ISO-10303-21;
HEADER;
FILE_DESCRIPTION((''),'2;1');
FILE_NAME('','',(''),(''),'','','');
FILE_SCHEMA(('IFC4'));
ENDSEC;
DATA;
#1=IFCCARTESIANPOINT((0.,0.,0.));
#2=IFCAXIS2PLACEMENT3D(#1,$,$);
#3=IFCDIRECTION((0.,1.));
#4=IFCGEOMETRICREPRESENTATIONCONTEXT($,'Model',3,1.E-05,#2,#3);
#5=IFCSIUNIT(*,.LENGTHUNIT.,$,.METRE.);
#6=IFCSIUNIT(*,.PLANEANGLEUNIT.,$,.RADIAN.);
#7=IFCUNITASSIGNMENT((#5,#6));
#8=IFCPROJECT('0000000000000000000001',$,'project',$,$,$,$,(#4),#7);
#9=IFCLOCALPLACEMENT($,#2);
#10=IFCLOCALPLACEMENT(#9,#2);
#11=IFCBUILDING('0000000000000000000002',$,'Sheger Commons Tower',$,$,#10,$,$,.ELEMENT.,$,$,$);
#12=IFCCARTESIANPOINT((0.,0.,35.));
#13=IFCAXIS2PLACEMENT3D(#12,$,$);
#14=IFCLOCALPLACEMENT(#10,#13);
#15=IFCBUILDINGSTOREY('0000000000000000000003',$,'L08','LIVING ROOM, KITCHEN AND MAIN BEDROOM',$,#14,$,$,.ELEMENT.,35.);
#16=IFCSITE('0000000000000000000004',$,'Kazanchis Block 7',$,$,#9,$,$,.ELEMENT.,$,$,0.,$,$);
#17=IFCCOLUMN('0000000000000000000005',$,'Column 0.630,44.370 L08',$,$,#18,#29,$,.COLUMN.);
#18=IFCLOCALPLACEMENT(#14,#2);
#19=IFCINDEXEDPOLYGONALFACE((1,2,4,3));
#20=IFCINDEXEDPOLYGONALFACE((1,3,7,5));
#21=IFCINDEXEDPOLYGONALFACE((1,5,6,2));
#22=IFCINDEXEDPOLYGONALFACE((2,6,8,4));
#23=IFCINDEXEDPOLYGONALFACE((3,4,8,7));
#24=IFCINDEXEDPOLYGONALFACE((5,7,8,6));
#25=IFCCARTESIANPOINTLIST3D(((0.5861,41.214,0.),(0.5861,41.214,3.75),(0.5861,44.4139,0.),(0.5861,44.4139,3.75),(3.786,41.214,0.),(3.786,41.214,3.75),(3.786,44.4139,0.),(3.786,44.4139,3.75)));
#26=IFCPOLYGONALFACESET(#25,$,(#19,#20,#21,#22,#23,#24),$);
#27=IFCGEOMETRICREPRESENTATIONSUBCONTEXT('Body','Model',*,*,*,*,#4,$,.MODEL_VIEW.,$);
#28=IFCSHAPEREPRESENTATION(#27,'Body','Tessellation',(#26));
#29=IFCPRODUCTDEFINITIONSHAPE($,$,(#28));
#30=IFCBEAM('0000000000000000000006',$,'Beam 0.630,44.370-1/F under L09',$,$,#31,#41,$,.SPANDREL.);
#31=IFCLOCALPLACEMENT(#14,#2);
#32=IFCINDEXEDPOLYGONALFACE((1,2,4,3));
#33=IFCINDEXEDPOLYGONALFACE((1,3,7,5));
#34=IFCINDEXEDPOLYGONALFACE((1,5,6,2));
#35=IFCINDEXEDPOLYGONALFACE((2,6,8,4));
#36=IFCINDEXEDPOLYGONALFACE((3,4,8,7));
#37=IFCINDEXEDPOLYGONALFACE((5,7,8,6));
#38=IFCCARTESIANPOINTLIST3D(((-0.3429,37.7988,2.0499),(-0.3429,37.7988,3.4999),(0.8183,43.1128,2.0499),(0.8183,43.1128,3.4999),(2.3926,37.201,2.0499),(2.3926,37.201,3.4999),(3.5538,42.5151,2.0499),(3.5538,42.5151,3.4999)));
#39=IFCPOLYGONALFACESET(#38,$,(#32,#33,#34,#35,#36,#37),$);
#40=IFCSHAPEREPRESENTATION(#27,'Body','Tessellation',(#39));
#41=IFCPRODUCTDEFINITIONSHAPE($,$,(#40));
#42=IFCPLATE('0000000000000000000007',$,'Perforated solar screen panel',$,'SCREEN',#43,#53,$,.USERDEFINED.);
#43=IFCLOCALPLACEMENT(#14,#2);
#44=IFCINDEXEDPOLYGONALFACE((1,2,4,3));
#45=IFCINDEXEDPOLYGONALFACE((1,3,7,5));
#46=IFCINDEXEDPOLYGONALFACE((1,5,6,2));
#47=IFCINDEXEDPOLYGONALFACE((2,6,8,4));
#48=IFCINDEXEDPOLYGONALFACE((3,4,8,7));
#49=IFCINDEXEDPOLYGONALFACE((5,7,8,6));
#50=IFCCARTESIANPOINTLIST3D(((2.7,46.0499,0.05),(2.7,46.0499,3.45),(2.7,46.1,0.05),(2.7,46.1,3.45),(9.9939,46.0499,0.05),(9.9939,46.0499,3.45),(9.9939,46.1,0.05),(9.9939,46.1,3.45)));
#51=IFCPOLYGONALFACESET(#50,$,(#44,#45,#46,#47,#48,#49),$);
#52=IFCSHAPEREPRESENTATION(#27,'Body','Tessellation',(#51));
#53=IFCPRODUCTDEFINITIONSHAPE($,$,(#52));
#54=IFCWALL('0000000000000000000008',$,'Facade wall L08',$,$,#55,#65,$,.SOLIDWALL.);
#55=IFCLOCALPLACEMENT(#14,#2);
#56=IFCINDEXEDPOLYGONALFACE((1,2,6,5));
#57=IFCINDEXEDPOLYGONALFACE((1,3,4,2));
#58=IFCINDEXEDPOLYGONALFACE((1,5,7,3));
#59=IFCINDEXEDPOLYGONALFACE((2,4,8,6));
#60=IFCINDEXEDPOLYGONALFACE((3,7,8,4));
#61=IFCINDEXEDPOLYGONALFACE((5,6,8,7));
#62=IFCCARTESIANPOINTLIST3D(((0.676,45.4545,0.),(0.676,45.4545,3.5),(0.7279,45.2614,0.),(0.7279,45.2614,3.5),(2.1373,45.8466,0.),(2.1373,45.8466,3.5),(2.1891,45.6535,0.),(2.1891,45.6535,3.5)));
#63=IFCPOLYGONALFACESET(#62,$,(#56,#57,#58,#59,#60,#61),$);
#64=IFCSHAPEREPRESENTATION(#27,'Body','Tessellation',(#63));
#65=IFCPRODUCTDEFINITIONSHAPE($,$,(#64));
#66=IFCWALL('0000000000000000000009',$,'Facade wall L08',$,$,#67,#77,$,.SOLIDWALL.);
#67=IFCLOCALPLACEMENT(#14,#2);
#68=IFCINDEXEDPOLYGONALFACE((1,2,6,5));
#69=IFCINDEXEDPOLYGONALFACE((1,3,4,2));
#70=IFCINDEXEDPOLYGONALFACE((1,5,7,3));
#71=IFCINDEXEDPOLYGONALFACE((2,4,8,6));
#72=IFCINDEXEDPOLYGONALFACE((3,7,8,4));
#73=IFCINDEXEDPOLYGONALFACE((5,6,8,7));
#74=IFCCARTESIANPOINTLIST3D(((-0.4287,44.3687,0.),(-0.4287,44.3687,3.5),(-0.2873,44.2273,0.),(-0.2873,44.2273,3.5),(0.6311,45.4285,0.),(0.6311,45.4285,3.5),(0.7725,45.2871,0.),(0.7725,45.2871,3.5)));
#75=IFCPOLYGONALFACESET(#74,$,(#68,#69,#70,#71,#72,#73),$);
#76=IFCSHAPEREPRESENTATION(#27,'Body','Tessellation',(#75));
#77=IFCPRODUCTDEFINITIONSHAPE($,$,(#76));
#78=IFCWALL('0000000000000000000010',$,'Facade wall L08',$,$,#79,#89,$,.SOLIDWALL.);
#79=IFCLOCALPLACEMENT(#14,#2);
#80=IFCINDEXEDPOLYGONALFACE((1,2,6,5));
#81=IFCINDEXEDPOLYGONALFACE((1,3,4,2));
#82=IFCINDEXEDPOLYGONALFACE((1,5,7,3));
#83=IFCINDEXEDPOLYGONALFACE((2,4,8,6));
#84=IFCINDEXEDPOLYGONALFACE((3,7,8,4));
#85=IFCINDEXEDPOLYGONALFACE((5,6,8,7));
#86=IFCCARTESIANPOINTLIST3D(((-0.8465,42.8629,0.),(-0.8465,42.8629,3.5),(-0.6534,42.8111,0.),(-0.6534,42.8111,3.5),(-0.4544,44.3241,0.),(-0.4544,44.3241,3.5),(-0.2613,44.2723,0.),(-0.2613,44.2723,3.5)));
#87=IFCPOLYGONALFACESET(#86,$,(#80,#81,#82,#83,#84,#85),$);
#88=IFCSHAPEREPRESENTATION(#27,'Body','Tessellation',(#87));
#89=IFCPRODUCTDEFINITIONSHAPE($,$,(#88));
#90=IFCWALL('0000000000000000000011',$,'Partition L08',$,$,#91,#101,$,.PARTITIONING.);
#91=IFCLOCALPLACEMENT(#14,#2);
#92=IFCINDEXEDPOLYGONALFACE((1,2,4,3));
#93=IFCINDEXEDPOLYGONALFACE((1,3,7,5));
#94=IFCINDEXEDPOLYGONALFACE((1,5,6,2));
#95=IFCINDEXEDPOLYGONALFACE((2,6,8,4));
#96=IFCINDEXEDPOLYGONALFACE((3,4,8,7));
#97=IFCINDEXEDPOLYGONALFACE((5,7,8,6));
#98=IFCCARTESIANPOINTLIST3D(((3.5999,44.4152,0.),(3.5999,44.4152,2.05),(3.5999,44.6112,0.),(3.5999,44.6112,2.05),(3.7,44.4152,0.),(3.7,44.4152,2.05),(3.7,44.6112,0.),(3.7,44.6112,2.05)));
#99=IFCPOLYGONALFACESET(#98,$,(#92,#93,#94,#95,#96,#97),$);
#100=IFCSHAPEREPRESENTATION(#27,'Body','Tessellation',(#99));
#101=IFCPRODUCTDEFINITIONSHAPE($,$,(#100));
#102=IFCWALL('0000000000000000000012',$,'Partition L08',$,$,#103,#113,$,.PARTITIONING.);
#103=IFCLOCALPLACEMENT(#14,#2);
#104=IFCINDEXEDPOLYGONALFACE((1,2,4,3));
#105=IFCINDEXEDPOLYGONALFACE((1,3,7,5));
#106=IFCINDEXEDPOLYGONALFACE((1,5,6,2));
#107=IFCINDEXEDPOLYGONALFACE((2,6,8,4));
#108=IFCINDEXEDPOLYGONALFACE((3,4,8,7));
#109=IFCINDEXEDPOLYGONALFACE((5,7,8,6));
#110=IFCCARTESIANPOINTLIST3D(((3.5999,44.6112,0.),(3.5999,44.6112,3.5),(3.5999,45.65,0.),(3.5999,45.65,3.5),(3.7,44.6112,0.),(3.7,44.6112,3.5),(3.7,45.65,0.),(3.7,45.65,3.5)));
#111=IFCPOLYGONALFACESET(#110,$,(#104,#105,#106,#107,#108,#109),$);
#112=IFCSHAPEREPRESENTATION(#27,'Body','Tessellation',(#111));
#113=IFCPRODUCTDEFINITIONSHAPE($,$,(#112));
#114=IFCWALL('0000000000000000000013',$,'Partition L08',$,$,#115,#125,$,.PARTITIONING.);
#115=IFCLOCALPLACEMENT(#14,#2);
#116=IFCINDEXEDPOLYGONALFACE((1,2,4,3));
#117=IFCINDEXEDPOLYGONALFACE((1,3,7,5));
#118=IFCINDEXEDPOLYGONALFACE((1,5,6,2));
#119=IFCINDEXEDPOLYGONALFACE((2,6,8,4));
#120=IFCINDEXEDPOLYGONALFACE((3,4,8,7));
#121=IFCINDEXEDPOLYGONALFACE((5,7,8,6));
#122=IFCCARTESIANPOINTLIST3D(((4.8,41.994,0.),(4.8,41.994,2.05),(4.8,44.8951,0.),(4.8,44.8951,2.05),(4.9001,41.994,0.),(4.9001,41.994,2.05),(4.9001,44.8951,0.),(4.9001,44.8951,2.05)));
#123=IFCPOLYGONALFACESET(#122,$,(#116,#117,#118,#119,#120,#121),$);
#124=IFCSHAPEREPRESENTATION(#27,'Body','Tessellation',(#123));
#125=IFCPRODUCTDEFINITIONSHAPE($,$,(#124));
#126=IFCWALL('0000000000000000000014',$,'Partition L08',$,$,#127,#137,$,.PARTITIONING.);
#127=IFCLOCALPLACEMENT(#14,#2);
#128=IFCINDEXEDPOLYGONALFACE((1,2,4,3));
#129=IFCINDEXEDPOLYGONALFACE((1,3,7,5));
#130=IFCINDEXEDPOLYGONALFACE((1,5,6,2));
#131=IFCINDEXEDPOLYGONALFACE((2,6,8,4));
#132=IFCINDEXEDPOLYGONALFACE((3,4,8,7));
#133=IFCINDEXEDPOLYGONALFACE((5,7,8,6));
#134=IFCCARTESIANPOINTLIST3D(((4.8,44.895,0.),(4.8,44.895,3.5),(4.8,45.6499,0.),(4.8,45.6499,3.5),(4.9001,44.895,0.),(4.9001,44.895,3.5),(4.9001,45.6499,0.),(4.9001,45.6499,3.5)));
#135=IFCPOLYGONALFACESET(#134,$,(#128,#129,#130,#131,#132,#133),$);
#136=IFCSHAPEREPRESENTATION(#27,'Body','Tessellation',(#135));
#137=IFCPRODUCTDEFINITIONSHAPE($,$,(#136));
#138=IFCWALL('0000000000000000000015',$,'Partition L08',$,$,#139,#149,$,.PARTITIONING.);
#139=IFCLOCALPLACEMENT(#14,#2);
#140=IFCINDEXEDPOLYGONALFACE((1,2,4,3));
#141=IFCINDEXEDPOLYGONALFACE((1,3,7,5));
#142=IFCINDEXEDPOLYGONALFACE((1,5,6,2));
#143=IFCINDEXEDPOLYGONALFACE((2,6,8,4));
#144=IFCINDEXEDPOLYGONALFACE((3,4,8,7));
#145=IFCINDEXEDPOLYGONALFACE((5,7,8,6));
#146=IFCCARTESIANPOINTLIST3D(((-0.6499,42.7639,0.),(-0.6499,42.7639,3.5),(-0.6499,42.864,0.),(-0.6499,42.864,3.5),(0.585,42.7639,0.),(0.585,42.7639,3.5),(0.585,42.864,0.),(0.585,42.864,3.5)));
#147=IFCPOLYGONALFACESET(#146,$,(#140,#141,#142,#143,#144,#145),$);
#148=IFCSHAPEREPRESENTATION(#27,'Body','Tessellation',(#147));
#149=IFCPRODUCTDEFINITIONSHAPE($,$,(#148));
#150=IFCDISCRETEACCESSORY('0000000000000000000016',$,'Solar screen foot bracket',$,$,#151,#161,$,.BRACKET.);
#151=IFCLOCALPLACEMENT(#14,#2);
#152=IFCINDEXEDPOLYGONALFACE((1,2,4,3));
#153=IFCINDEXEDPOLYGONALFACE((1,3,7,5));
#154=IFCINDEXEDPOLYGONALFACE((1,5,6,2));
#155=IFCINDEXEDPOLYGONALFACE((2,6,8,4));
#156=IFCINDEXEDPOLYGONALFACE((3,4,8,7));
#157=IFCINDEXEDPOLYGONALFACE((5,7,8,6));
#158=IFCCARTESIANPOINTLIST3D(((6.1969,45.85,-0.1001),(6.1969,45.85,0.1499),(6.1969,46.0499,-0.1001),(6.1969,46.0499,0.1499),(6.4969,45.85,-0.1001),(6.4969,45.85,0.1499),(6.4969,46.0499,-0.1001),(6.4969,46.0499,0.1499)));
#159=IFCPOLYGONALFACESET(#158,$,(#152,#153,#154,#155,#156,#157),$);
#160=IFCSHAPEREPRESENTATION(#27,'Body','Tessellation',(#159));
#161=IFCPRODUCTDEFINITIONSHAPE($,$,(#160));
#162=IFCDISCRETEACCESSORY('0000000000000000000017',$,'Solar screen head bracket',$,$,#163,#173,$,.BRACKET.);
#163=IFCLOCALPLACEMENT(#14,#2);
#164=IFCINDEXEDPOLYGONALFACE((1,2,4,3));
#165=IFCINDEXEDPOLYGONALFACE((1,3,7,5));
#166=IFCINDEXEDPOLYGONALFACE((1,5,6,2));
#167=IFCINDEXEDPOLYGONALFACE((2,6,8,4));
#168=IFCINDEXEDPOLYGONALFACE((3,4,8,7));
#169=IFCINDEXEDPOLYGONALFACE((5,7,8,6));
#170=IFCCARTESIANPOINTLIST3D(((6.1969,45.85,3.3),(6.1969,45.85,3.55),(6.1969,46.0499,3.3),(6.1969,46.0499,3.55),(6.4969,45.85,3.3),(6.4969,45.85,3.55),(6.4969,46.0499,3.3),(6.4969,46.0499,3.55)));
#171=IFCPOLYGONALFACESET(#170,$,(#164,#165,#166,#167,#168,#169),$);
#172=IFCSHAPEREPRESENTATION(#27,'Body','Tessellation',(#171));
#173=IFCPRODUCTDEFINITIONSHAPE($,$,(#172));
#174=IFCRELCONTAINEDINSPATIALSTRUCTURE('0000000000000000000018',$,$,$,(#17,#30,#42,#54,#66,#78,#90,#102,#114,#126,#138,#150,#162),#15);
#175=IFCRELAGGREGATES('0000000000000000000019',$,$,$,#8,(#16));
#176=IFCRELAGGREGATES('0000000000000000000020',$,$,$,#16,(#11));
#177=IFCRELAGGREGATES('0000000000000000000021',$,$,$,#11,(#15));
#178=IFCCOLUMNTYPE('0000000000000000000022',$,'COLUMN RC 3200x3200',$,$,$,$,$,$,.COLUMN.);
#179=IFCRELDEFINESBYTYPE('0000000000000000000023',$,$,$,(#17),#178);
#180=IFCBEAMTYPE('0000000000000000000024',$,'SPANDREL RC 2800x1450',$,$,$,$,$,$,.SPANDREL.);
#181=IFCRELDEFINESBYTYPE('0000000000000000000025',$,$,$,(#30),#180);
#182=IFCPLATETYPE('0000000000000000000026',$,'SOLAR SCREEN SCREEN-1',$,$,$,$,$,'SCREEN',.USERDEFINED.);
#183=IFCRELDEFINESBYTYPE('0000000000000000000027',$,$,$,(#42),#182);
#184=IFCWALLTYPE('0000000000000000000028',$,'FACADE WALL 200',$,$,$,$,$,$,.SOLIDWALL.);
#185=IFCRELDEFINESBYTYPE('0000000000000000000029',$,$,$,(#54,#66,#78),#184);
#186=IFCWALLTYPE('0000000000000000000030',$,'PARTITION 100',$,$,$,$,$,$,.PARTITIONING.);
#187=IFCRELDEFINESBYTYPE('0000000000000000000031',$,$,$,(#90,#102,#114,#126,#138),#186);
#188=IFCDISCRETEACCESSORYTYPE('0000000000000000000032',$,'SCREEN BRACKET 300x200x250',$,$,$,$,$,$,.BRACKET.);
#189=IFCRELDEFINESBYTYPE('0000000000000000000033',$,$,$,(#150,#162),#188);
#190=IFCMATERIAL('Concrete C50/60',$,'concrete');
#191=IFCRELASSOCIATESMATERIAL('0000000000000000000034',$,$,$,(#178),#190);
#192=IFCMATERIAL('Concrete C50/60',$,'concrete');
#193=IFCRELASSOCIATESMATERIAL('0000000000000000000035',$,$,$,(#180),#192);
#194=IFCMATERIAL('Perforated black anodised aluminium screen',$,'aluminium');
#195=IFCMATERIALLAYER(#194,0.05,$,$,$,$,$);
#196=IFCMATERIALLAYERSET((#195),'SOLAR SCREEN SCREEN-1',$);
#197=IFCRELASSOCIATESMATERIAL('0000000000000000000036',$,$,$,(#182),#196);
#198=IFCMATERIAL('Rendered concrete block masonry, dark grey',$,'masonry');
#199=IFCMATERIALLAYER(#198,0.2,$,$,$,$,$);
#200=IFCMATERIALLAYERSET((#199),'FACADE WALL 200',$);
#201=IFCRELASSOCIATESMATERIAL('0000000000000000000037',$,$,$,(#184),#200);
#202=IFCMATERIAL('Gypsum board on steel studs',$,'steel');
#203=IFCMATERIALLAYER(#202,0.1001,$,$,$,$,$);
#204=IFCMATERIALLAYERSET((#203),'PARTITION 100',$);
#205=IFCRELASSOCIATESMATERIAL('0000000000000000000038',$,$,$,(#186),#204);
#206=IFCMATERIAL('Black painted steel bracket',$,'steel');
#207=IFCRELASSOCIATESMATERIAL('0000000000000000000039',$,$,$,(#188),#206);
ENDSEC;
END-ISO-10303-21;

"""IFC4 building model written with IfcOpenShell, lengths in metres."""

from ifc_helpers import new_model, si_unit, direction, frame, frame_2d, origin, origin_2d, place, context, subcontext, project, spatial, rectangle, extrude, material, layer, layer_set, material_profile, profile_set, type_object, element, save


model = new_model("IFC4")

# Units and contexts
model_context = context("Model", 3, precision=1e-05, world=origin(), true_north=direction((0.0, 1.0)))
body_context = subcontext(model_context, "Body", "Model", "MODEL_VIEW")
ifc_project = project(units=[si_unit("LENGTHUNIT", "METRE"), si_unit("PLANEANGLEUNIT", "RADIAN")], contexts=[model_context])

# Site, building, storey
site_placement = place(None, origin())
site = spatial("IfcSite", under=ifc_project, at=site_placement, Name="Kazanchis Block 7", CompositionType="ELEMENT", RefElevation=0.0)
building_placement = place(site_placement, origin())
building = spatial("IfcBuilding", under=site, at=building_placement, Name="Sheger Commons Tower", CompositionType="ELEMENT")
storey_placement = place(building_placement, frame((0.0, 0.0, 35.0)))
storey = spatial("IfcBuildingStorey", under=building, at=storey_placement, Name="L08", Description="LIVING ROOM, KITCHEN AND MAIN BEDROOM", CompositionType="ELEMENT", Elevation=35.0)

# Column
ifc_material_1 = material(Name="Concrete C50/60", Category="concrete")
ifc_material_profile_1 = material_profile(ifc_material_1, rectangle(XDim=3.2, YDim=3.2, at=origin_2d()), Name="RC 3200x3200")
ifc_profile_set_1 = profile_set([ifc_material_profile_1], Name="Concrete C50/60")
column_type = type_object("IfcColumnType", Name="COLUMN RC 3200x3200", PredefinedType="COLUMN", material=ifc_profile_set_1)
column_placement = place(storey_placement, frame((2.186, 42.814, 0.0), z_axis=(0.0, 0.0, 1.0), x_axis=(1.0, 0.0, 0.0)))
element("IfcColumn", 1, at=column_placement, inside=storey, type_object=column_type, Name="Column 0.630,44.370 L08", PredefinedType="COLUMN", context=body_context, shape_type="SweptSolid", body=[
    extrude(rectangle(XDim=3.2, YDim=3.2, at=origin_2d()), origin(), (0.0, 0.0, 1.0), 3.75),
])

# Beam
ifc_material_2 = material(Name="Concrete C50/60", Category="concrete")
ifc_material_profile_2 = material_profile(ifc_material_2, rectangle(XDim=2.8, YDim=1.45, at=origin_2d()), Name="RC 2800x1450")
ifc_profile_set_2 = profile_set([ifc_material_profile_2], Name="Concrete C50/60")
beam_type = type_object("IfcBeamType", Name="SPANDREL RC 2800x1450", PredefinedType="SPANDREL", material=ifc_profile_set_2)
beam_placement = place(storey_placement, frame((2.186, 42.814, 2.7749), z_axis=(-0.213469, -0.97695, 0.0), x_axis=(0.97695, -0.213469, 0.0)))
element("IfcBeam", 2, at=beam_placement, inside=storey, type_object=beam_type, Name="Beam 0.630,44.370-1/F under L09", PredefinedType="SPANDREL", context=body_context, shape_type="SweptSolid", body=[
    extrude(rectangle(XDim=2.8, YDim=1.45, at=origin_2d()), origin(), (0.0, 0.0, 1.0), 5.4395),
])

# Plate
ifc_material_3 = material(Name="Perforated black anodised aluminium screen", Category="aluminium")
ifc_layer_1 = layer(ifc_material_3, 0.05)
ifc_layer_set_1 = layer_set([ifc_layer_1], Name="SOLAR SCREEN SCREEN-1")
plate_type = type_object("IfcPlateType", Name="SOLAR SCREEN SCREEN-1", ElementType="SCREEN", PredefinedType="USERDEFINED", material=ifc_layer_set_1)
plate_placement = place(storey_placement, frame((6.3469, 46.075, 0.05), z_axis=(0.0, 0.0, 1.0), x_axis=(-1.0, 0.0, 0.0)))
element("IfcPlate", 3, at=plate_placement, inside=storey, type_object=plate_type, Name="Perforated solar screen panel", ObjectType="SCREEN", PredefinedType="USERDEFINED", context=body_context, shape_type="SweptSolid", body=[
    extrude(rectangle(XDim=7.2939, YDim=0.05, at=origin_2d()), origin(), (0.0, 0.0, 1.0), 3.3999),
])

# Walls
ifc_material_4 = material(Name="Rendered concrete block masonry, dark grey", Category="masonry")
ifc_layer_2 = layer(ifc_material_4, 0.2)
ifc_layer_set_2 = layer_set([ifc_layer_2], Name="FACADE WALL 200")
wall_type_1 = type_object("IfcWallType", Name="FACADE WALL 200", PredefinedType="SOLIDWALL", material=ifc_layer_set_2)
wall_1_placement = place(storey_placement, frame((2.1631, 45.75, 0.0), z_axis=(0.0, 0.0, 1.0), x_axis=(-0.965832, -0.259169, 0.0)))
element("IfcWall", 4, at=wall_1_placement, inside=storey, type_object=wall_type_1, Name="Facade wall L08", PredefinedType="SOLIDWALL", context=body_context, shape_type="SweptSolid", body=[
    extrude(rectangle(XDim=1.5129, YDim=0.2, at=frame_2d((0.7563, 0.0))), origin(), (0.0, 0.0, 1.0), 3.5),
])
wall_2_placement = place(storey_placement, frame((0.7019, 45.3579, 0.0), z_axis=(0.0, 0.0, 1.0), x_axis=(-0.707107, -0.707107, 0.0)))
element("IfcWall", 5, at=wall_2_placement, inside=storey, type_object=wall_type_1, Name="Facade wall L08", PredefinedType="SOLIDWALL", context=body_context, shape_type="SweptSolid", body=[
    extrude(rectangle(XDim=1.4988, YDim=0.2, at=frame_2d((0.7495, 0.0))), origin(), (0.0, 0.0, 1.0), 3.5),
])
wall_3_placement = place(storey_placement, frame((-0.3579, 44.2981, 0.0), z_axis=(0.0, 0.0, 1.0), x_axis=(-0.259169, -0.965832, 0.0)))
element("IfcWall", 6, at=wall_3_placement, inside=storey, type_object=wall_type_1, Name="Facade wall L08", PredefinedType="SOLIDWALL", context=body_context, shape_type="SweptSolid", body=[
    extrude(rectangle(XDim=1.5129, YDim=0.2, at=frame_2d((0.7563, 0.0))), origin(), (0.0, 0.0, 1.0), 3.5),
])

# Walls
ifc_material_5 = material(Name="Gypsum board on steel studs", Category="steel")
ifc_layer_3 = layer(ifc_material_5, 0.1001)
ifc_layer_set_3 = layer_set([ifc_layer_3], Name="PARTITION 100")
wall_type_2 = type_object("IfcWallType", Name="PARTITION 100", PredefinedType="PARTITIONING", material=ifc_layer_set_3)
wall_4_placement = place(storey_placement, frame((3.6499, 44.415, 0.0), z_axis=(0.0, 0.0, 1.0), x_axis=(0.0, 1.0, 0.0)))
element("IfcWall", 7, at=wall_4_placement, inside=storey, type_object=wall_type_2, Name="Partition L08", PredefinedType="PARTITIONING", context=body_context, shape_type="SweptSolid", body=[
    extrude(rectangle(XDim=0.196, YDim=0.1001, at=frame_2d((0.0981, 0.0))), origin(), (0.0, 0.0, 1.0), 2.05),
])
wall_5_placement = place(storey_placement, frame((3.6499, 44.6111, 0.0), z_axis=(0.0, 0.0, 1.0), x_axis=(0.0, 1.0, 0.0)))
element("IfcWall", 8, at=wall_5_placement, inside=storey, type_object=wall_type_2, Name="Partition L08", PredefinedType="PARTITIONING", context=body_context, shape_type="SweptSolid", body=[
    extrude(rectangle(XDim=1.0388, YDim=0.1001, at=frame_2d((0.5195, 0.0))), origin(), (0.0, 0.0, 1.0), 3.5),
])
wall_6_placement = place(storey_placement, frame((4.8501, 41.9939, 0.0), z_axis=(0.0, 0.0, 1.0), x_axis=(0.0, 1.0, 0.0)))
element("IfcWall", 9, at=wall_6_placement, inside=storey, type_object=wall_type_2, Name="Partition L08", PredefinedType="PARTITIONING", context=body_context, shape_type="SweptSolid", body=[
    extrude(rectangle(XDim=2.9011, YDim=0.1001, at=frame_2d((1.4507, 0.0))), origin(), (0.0, 0.0, 1.0), 2.05),
])
wall_7_placement = place(storey_placement, frame((4.8501, 44.895, 0.0), z_axis=(0.0, 0.0, 1.0), x_axis=(0.0, 1.0, 0.0)))
element("IfcWall", 10, at=wall_7_placement, inside=storey, type_object=wall_type_2, Name="Partition L08", PredefinedType="PARTITIONING", context=body_context, shape_type="SweptSolid", body=[
    extrude(rectangle(XDim=0.7549, YDim=0.1001, at=frame_2d((0.3774, 0.0))), origin(), (0.0, 0.0, 1.0), 3.5),
])
wall_8_placement = place(storey_placement, frame((-0.6499, 42.814, 0.0), z_axis=(0.0, 0.0, 1.0), x_axis=(1.0, 0.0, 0.0)))
element("IfcWall", 11, at=wall_8_placement, inside=storey, type_object=wall_type_2, Name="Partition L08", PredefinedType="PARTITIONING", context=body_context, shape_type="SweptSolid", body=[
    extrude(rectangle(XDim=1.2349, YDim=0.1001, at=frame_2d((0.6174, 0.0))), origin(), (0.0, 0.0, 1.0), 3.5),
])

# Discrete accessories
ifc_material_6 = material(Name="Black painted steel bracket", Category="steel")
discrete_accessory_type = type_object("IfcDiscreteAccessoryType", Name="SCREEN BRACKET 300x200x250", PredefinedType="BRACKET", material=ifc_material_6)
for number, where, z_axis, x_axis, name in (
    (12, (6.3469, 45.95, -0.1001), (0.0, 0.0, 1.0), (-1.0, 0.0, 0.0), "Solar screen foot bracket"),
    (13, (6.3469, 45.95, 3.3), (0.0, 0.0, 1.0), (-1.0, 0.0, 0.0), "Solar screen head bracket"),
):
    element("IfcDiscreteAccessory", number, at=place(storey_placement, frame(where, z_axis=z_axis, x_axis=x_axis)), inside=storey, type_object=discrete_accessory_type, Name=name, PredefinedType="BRACKET", context=body_context, shape_type="SweptSolid", body=[
        extrude(rectangle(XDim=0.3, YDim=0.2, at=origin_2d()), origin(), (0.0, 0.0, 1.0), 0.25),
    ])

save(model, "model.ifc")
